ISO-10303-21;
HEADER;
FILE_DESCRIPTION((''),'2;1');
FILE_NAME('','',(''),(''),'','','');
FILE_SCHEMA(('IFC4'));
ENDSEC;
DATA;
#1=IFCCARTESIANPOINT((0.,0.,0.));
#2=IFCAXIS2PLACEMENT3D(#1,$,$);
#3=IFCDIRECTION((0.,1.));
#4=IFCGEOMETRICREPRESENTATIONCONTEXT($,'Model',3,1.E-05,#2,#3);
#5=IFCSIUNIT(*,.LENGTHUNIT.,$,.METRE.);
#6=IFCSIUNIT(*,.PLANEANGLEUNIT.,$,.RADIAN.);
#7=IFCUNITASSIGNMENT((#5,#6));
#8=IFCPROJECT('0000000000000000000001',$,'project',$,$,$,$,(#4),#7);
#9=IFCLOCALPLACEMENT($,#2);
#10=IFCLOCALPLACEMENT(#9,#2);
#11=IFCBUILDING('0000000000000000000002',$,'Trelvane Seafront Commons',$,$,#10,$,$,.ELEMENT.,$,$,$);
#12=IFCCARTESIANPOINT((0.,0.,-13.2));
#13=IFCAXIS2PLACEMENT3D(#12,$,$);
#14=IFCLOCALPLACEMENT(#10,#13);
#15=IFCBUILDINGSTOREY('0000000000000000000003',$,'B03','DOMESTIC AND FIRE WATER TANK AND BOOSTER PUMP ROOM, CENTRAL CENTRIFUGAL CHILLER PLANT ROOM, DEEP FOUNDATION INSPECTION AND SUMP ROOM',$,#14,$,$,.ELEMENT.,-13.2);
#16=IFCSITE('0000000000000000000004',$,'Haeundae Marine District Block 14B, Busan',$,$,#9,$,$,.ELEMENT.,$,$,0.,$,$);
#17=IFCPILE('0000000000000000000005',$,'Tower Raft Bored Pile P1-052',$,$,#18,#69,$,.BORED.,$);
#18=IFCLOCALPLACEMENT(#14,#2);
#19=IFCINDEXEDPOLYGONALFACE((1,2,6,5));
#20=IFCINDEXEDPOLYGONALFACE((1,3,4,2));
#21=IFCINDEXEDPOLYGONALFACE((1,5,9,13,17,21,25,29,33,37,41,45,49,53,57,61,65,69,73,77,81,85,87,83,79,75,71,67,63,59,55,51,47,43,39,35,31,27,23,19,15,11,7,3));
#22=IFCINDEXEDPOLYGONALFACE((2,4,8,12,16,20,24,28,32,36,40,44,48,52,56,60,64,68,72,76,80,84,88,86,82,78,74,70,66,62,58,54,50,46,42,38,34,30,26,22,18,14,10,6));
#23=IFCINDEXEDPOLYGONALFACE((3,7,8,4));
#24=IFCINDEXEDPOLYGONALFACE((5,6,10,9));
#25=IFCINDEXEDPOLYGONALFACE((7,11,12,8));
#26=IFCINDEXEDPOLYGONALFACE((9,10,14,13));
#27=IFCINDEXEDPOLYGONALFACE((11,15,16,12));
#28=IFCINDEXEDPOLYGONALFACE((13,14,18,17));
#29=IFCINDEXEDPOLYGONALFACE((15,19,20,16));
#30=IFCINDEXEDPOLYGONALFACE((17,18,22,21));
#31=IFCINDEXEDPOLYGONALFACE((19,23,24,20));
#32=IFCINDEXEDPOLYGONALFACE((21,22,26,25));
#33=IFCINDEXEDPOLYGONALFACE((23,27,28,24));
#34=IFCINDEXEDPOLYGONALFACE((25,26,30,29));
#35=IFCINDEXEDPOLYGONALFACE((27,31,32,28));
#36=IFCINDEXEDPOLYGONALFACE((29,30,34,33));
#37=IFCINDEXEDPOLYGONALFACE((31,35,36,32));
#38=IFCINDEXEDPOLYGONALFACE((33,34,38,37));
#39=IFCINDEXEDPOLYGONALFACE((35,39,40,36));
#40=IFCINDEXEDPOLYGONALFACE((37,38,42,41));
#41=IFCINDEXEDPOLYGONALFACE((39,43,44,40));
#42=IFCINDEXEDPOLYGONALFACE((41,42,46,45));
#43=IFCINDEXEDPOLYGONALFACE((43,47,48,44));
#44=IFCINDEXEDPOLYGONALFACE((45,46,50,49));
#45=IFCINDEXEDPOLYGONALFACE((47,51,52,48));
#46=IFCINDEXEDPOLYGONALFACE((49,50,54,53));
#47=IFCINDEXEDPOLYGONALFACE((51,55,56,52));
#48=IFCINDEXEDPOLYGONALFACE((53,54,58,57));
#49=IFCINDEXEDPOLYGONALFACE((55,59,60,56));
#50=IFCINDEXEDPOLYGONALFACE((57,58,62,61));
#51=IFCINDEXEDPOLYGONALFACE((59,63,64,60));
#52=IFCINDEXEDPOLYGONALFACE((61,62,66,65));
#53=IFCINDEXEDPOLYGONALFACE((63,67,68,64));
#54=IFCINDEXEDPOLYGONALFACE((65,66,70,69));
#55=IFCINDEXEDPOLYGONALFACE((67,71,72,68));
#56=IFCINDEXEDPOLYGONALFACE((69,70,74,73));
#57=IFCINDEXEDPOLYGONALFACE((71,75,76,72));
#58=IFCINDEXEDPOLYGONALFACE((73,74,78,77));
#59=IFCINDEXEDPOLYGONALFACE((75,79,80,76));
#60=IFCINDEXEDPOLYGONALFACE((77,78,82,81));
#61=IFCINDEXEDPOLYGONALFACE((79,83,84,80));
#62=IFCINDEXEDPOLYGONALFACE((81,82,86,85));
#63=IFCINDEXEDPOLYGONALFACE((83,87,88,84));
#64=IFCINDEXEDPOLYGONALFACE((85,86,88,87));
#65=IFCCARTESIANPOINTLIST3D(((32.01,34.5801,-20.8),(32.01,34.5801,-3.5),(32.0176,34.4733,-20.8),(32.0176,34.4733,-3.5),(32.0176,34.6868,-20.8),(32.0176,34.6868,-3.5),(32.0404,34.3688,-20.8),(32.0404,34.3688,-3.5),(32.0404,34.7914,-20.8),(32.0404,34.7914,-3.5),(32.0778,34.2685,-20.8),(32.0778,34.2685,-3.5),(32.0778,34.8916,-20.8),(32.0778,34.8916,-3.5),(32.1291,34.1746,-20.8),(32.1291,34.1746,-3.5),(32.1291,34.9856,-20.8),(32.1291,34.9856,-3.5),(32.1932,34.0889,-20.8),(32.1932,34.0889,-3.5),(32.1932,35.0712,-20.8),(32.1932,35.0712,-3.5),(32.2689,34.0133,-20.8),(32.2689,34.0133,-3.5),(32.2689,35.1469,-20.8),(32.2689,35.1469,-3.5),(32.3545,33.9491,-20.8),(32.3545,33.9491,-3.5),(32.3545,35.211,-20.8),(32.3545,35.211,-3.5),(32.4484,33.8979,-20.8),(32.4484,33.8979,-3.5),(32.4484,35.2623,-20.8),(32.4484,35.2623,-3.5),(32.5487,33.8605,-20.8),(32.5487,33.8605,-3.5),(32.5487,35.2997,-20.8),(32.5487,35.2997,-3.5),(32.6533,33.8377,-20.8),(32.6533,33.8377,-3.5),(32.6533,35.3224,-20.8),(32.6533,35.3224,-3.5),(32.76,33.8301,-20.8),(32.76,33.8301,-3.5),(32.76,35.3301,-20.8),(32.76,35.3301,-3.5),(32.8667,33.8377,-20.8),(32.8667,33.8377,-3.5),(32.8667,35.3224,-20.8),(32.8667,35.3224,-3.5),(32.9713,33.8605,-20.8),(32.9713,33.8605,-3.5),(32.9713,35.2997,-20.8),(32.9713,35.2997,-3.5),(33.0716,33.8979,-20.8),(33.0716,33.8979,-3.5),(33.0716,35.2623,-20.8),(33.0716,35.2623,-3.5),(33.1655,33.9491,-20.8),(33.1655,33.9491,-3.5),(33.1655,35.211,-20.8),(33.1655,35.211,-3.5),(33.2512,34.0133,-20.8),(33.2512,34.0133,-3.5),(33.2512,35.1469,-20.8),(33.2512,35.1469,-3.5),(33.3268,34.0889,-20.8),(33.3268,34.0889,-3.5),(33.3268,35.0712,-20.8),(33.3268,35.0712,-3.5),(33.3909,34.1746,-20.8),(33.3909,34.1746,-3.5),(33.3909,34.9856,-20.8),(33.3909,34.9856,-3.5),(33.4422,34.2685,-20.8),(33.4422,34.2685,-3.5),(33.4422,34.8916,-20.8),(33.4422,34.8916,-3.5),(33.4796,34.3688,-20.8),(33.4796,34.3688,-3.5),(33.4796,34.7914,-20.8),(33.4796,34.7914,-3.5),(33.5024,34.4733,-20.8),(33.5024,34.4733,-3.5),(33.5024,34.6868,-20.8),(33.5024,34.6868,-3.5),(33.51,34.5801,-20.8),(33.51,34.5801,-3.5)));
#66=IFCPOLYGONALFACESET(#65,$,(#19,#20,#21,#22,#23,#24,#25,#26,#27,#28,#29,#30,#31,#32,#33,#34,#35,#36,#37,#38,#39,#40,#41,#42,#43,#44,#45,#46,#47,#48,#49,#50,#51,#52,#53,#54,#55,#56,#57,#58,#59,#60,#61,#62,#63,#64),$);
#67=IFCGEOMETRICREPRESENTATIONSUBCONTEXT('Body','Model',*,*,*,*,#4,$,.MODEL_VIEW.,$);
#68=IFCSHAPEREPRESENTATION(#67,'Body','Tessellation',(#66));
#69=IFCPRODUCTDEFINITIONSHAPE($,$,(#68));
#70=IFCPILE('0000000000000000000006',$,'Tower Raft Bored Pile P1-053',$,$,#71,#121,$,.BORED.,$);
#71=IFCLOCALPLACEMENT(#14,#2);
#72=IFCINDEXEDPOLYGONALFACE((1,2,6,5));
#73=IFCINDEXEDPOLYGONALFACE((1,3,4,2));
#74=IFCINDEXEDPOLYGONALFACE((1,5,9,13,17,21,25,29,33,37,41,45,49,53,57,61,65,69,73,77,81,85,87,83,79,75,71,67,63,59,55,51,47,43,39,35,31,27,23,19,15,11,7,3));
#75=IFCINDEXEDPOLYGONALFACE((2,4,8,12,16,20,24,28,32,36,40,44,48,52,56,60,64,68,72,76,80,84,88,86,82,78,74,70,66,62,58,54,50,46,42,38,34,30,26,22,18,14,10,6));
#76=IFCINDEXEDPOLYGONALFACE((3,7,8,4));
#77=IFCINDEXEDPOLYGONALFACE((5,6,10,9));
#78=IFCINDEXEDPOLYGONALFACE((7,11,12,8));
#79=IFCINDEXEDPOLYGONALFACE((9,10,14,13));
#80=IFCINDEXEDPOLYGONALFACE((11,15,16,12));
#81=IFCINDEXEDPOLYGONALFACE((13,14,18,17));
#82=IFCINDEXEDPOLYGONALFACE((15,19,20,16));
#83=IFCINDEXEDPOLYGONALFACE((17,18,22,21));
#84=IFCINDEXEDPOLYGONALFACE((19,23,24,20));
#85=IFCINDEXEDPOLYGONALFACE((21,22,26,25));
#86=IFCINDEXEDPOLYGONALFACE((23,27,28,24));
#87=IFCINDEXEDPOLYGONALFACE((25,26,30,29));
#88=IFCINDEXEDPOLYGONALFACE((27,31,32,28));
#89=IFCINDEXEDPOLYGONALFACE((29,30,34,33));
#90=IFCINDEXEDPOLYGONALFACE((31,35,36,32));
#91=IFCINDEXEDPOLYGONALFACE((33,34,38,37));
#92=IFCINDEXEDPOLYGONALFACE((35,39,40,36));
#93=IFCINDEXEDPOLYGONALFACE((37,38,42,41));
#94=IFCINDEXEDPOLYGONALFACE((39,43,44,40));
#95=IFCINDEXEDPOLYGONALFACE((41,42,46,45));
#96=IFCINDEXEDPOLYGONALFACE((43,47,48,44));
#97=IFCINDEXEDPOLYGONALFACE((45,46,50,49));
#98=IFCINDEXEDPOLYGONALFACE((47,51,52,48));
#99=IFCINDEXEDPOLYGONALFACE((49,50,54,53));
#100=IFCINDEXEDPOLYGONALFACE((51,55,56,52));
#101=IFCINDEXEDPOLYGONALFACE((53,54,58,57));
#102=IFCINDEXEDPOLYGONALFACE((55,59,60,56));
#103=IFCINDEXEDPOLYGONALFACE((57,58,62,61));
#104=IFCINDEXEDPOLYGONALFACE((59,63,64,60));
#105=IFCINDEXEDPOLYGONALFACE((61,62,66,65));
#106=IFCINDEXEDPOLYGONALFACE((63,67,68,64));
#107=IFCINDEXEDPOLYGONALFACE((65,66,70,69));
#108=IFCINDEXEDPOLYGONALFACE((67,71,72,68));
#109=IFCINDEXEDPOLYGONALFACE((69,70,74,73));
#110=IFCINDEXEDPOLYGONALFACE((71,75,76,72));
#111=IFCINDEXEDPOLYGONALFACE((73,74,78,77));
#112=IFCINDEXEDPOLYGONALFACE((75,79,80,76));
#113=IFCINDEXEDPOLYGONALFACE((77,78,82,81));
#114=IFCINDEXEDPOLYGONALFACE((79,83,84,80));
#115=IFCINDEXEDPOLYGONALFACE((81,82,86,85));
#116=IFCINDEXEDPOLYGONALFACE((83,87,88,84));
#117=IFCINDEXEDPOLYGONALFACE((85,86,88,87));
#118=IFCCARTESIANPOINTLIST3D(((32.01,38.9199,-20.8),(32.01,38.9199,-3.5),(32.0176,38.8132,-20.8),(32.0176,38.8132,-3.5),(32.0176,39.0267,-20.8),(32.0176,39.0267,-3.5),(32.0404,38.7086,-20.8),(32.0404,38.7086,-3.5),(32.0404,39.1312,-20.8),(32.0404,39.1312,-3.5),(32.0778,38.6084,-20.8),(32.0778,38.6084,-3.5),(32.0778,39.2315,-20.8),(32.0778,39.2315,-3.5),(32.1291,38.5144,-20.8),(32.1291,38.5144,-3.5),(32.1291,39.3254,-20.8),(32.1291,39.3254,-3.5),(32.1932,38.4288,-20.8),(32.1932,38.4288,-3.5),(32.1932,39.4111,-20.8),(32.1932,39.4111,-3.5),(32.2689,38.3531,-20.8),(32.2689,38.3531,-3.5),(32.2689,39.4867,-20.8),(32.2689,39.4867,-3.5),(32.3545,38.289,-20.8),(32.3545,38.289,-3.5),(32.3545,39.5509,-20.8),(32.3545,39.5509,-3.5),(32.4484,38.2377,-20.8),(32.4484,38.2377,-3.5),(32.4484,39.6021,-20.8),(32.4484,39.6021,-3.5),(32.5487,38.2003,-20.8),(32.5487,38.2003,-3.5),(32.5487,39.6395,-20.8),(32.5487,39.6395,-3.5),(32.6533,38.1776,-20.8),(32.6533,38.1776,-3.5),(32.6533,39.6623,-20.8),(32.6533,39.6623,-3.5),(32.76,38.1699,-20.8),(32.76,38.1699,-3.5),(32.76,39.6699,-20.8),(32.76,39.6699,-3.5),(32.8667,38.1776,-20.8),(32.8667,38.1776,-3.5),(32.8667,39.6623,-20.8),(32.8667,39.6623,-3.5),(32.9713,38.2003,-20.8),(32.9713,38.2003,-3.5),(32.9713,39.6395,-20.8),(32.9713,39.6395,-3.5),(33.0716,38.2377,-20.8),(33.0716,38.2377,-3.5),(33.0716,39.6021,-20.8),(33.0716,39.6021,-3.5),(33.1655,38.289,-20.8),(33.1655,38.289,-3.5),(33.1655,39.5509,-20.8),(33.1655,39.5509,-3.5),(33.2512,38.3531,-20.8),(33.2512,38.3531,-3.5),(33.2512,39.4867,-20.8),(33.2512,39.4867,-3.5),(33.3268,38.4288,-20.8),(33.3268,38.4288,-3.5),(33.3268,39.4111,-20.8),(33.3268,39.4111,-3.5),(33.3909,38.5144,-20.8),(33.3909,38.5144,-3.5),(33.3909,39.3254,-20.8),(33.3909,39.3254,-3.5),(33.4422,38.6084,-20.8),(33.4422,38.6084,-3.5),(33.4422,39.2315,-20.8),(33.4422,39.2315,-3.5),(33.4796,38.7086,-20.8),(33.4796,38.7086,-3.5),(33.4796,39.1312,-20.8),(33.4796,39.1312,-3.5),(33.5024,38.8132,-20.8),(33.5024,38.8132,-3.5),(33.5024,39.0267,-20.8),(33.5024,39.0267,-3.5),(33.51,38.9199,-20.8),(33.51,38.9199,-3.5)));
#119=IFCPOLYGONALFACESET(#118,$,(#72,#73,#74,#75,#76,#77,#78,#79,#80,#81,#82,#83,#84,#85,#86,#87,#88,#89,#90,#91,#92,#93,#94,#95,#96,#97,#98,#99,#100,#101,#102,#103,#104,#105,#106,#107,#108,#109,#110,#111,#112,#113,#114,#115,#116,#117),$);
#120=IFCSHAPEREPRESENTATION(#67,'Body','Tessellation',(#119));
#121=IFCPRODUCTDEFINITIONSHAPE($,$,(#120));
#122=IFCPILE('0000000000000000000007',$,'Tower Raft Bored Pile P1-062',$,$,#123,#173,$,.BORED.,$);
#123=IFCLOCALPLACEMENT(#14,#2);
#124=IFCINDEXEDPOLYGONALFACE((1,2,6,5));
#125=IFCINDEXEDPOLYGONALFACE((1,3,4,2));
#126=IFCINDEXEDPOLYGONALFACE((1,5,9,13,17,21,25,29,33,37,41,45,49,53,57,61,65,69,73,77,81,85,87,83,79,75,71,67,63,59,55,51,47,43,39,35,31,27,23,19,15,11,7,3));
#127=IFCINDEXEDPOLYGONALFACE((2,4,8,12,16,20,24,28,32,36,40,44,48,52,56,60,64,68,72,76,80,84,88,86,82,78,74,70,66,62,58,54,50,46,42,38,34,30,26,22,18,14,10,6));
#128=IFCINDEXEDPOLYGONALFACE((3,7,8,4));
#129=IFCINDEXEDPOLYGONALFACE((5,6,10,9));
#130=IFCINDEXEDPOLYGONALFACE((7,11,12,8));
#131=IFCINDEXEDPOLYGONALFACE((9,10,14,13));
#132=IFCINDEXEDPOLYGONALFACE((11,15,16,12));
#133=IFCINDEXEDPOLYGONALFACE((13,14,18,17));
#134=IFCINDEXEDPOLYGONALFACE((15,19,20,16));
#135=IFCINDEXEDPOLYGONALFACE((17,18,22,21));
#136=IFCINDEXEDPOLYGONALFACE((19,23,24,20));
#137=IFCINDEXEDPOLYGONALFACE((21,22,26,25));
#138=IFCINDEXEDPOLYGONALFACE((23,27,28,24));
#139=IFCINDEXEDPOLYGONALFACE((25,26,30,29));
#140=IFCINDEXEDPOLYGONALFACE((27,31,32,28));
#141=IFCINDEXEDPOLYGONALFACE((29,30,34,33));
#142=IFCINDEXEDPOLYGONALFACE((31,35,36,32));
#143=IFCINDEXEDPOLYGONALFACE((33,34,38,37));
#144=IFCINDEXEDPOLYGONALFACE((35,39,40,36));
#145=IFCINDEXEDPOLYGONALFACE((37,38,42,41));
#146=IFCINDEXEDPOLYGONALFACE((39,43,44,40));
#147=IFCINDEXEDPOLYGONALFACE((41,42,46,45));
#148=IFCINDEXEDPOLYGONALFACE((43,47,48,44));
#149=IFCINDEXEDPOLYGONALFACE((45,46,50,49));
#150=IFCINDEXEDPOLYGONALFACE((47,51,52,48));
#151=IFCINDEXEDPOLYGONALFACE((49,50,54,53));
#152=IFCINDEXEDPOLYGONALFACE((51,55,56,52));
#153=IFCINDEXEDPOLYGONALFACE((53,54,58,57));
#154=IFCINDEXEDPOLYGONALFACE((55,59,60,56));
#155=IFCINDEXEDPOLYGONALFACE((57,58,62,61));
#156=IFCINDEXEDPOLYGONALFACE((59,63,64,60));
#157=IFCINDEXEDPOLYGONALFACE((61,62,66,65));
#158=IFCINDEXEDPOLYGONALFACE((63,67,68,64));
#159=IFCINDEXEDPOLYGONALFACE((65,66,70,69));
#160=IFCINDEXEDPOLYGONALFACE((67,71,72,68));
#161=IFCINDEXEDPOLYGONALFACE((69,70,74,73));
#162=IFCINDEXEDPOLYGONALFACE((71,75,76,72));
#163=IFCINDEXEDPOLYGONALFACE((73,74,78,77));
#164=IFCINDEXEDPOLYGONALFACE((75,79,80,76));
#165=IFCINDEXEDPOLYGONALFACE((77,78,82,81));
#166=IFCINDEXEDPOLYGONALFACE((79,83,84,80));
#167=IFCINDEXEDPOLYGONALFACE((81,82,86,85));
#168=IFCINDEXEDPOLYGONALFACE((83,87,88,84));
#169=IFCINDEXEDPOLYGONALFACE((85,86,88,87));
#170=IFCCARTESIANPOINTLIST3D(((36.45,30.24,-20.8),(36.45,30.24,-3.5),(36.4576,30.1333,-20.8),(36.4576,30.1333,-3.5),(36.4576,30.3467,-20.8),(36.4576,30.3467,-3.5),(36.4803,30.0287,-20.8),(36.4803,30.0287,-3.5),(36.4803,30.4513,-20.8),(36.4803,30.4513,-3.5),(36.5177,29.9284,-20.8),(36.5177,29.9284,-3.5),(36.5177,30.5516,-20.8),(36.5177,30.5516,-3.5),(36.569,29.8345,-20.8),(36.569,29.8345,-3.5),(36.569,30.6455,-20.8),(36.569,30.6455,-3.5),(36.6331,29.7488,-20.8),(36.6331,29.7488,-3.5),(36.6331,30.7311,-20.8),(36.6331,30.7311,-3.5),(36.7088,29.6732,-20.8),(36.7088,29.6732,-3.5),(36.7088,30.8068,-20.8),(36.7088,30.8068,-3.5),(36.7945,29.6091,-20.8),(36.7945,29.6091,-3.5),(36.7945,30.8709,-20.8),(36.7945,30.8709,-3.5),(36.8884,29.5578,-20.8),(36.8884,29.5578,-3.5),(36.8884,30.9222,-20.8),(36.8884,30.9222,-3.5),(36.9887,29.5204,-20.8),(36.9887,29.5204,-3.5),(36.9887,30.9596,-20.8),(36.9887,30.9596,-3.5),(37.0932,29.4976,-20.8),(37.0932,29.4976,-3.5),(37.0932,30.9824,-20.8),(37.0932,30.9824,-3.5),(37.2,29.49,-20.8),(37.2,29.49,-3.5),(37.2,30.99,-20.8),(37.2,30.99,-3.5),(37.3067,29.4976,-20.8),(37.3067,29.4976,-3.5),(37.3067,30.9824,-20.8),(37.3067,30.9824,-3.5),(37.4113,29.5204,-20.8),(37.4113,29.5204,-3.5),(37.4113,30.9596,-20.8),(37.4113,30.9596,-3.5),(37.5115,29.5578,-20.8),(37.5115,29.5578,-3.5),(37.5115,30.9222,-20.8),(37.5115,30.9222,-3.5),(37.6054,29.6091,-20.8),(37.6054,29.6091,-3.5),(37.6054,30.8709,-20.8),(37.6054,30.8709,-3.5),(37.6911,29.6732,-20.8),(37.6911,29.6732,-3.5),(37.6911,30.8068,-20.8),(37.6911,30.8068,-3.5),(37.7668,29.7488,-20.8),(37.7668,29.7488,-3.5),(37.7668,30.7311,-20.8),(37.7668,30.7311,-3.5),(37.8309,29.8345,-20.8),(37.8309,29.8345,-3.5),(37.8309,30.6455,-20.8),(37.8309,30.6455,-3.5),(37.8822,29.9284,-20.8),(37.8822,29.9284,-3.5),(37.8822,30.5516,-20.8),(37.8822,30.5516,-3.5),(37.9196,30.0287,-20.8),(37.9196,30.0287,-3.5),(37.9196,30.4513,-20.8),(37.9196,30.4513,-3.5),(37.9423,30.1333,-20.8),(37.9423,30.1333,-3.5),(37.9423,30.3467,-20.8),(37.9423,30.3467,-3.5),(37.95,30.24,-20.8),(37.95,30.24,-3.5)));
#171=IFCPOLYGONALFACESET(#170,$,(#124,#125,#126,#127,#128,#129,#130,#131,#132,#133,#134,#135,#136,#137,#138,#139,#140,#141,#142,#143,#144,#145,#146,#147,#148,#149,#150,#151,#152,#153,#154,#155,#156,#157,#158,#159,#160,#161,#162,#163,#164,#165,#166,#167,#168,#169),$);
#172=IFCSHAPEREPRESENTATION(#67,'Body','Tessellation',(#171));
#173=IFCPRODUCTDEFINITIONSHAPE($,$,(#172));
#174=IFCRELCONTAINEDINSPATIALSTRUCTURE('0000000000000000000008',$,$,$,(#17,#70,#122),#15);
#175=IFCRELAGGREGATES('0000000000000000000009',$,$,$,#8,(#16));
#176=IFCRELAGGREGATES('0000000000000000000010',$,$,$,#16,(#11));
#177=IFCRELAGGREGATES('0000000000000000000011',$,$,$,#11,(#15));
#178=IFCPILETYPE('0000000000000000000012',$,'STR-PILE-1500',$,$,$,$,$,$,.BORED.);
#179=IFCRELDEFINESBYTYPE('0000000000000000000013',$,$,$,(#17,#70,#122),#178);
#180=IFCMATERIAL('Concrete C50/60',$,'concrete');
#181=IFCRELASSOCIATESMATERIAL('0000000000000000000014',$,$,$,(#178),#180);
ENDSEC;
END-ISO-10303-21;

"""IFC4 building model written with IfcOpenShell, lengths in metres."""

from ifc_helpers import new_model, si_unit, direction, frame, origin, origin_2d, place, context, subcontext, project, spatial, circle, extrude, source, transform, mapped, material, material_profile, profile_set, type_object, element, save


model = new_model("IFC4")

# Units and contexts
model_context = context("Model", 3, precision=1e-05, world=origin(), true_north=direction((0.0, 1.0)))
body_context = subcontext(model_context, "Body", "Model", "MODEL_VIEW")
ifc_project = project(units=[si_unit("LENGTHUNIT", "METRE"), si_unit("PLANEANGLEUNIT", "RADIAN")], contexts=[model_context])

# Site, building, storey
site_placement = place(None, origin())
site = spatial("IfcSite", under=ifc_project, at=site_placement, Name="Haeundae Marine District Block 14B, Busan", CompositionType="ELEMENT", RefElevation=0.0)
building_placement = place(site_placement, origin())
building = spatial("IfcBuilding", under=site, at=building_placement, Name="Trelvane Seafront Commons", CompositionType="ELEMENT")
storey_placement = place(building_placement, frame((0.0, 0.0, -13.2)))
storey = spatial("IfcBuildingStorey", under=building, at=storey_placement, Name="B03", Description="DOMESTIC AND FIRE WATER TANK AND BOOSTER PUMP ROOM, CENTRAL CENTRIFUGAL CHILLER PLANT ROOM, DEEP FOUNDATION INSPECTION AND SUMP ROOM", CompositionType="ELEMENT", Elevation=-13.2)

# Piles
ifc_material_1 = material(Name="Concrete C50/60", Category="concrete")
ifc_material_profile_1 = material_profile(ifc_material_1, circle(Radius=0.75, at=origin_2d()), Name="PILE-1500")
ifc_profile_set_1 = profile_set([ifc_material_profile_1], Name="Concrete C50/60")
pile_type = type_object("IfcPileType", Name="STR-PILE-1500", PredefinedType="BORED", material=ifc_profile_set_1)
shared_shape_1 = source(origin(), body_context, "Body", "SweptSolid", [
    extrude(circle(Radius=0.75, at=origin_2d()), origin(), (0.0, 0.0, 1.0), 17.3),
])
for number, where, z_axis, x_axis, name in (
    (1, (32.76, 34.5801, -3.5), (0.0, 0.0, -1.0), (1.0, 0.0, 0.0), "Tower Raft Bored Pile P1-052"),
    (2, (32.76, 38.9199, -3.5), (0.0, 0.0, -1.0), (1.0, 0.0, 0.0), "Tower Raft Bored Pile P1-053"),
    (3, (37.2, 30.24, -3.5), (0.0, 0.0, -1.0), (1.0, 0.0, 0.0), "Tower Raft Bored Pile P1-062"),
):
    element("IfcPile", number, at=place(storey_placement, frame(where, z_axis=z_axis, x_axis=x_axis)), inside=storey, type_object=pile_type, Name=name, PredefinedType="BORED", context=body_context, shape_type="MappedRepresentation", body=[
        mapped(shared_shape_1, transform((0.0, 0.0, 0.0), x_axis=(1.0, 0.0, 0.0), y_axis=(0.0, 1.0, 0.0), z_axis=(0.0, 0.0, 1.0), scale=1.0)),
    ])

save(model, "model.ifc")
